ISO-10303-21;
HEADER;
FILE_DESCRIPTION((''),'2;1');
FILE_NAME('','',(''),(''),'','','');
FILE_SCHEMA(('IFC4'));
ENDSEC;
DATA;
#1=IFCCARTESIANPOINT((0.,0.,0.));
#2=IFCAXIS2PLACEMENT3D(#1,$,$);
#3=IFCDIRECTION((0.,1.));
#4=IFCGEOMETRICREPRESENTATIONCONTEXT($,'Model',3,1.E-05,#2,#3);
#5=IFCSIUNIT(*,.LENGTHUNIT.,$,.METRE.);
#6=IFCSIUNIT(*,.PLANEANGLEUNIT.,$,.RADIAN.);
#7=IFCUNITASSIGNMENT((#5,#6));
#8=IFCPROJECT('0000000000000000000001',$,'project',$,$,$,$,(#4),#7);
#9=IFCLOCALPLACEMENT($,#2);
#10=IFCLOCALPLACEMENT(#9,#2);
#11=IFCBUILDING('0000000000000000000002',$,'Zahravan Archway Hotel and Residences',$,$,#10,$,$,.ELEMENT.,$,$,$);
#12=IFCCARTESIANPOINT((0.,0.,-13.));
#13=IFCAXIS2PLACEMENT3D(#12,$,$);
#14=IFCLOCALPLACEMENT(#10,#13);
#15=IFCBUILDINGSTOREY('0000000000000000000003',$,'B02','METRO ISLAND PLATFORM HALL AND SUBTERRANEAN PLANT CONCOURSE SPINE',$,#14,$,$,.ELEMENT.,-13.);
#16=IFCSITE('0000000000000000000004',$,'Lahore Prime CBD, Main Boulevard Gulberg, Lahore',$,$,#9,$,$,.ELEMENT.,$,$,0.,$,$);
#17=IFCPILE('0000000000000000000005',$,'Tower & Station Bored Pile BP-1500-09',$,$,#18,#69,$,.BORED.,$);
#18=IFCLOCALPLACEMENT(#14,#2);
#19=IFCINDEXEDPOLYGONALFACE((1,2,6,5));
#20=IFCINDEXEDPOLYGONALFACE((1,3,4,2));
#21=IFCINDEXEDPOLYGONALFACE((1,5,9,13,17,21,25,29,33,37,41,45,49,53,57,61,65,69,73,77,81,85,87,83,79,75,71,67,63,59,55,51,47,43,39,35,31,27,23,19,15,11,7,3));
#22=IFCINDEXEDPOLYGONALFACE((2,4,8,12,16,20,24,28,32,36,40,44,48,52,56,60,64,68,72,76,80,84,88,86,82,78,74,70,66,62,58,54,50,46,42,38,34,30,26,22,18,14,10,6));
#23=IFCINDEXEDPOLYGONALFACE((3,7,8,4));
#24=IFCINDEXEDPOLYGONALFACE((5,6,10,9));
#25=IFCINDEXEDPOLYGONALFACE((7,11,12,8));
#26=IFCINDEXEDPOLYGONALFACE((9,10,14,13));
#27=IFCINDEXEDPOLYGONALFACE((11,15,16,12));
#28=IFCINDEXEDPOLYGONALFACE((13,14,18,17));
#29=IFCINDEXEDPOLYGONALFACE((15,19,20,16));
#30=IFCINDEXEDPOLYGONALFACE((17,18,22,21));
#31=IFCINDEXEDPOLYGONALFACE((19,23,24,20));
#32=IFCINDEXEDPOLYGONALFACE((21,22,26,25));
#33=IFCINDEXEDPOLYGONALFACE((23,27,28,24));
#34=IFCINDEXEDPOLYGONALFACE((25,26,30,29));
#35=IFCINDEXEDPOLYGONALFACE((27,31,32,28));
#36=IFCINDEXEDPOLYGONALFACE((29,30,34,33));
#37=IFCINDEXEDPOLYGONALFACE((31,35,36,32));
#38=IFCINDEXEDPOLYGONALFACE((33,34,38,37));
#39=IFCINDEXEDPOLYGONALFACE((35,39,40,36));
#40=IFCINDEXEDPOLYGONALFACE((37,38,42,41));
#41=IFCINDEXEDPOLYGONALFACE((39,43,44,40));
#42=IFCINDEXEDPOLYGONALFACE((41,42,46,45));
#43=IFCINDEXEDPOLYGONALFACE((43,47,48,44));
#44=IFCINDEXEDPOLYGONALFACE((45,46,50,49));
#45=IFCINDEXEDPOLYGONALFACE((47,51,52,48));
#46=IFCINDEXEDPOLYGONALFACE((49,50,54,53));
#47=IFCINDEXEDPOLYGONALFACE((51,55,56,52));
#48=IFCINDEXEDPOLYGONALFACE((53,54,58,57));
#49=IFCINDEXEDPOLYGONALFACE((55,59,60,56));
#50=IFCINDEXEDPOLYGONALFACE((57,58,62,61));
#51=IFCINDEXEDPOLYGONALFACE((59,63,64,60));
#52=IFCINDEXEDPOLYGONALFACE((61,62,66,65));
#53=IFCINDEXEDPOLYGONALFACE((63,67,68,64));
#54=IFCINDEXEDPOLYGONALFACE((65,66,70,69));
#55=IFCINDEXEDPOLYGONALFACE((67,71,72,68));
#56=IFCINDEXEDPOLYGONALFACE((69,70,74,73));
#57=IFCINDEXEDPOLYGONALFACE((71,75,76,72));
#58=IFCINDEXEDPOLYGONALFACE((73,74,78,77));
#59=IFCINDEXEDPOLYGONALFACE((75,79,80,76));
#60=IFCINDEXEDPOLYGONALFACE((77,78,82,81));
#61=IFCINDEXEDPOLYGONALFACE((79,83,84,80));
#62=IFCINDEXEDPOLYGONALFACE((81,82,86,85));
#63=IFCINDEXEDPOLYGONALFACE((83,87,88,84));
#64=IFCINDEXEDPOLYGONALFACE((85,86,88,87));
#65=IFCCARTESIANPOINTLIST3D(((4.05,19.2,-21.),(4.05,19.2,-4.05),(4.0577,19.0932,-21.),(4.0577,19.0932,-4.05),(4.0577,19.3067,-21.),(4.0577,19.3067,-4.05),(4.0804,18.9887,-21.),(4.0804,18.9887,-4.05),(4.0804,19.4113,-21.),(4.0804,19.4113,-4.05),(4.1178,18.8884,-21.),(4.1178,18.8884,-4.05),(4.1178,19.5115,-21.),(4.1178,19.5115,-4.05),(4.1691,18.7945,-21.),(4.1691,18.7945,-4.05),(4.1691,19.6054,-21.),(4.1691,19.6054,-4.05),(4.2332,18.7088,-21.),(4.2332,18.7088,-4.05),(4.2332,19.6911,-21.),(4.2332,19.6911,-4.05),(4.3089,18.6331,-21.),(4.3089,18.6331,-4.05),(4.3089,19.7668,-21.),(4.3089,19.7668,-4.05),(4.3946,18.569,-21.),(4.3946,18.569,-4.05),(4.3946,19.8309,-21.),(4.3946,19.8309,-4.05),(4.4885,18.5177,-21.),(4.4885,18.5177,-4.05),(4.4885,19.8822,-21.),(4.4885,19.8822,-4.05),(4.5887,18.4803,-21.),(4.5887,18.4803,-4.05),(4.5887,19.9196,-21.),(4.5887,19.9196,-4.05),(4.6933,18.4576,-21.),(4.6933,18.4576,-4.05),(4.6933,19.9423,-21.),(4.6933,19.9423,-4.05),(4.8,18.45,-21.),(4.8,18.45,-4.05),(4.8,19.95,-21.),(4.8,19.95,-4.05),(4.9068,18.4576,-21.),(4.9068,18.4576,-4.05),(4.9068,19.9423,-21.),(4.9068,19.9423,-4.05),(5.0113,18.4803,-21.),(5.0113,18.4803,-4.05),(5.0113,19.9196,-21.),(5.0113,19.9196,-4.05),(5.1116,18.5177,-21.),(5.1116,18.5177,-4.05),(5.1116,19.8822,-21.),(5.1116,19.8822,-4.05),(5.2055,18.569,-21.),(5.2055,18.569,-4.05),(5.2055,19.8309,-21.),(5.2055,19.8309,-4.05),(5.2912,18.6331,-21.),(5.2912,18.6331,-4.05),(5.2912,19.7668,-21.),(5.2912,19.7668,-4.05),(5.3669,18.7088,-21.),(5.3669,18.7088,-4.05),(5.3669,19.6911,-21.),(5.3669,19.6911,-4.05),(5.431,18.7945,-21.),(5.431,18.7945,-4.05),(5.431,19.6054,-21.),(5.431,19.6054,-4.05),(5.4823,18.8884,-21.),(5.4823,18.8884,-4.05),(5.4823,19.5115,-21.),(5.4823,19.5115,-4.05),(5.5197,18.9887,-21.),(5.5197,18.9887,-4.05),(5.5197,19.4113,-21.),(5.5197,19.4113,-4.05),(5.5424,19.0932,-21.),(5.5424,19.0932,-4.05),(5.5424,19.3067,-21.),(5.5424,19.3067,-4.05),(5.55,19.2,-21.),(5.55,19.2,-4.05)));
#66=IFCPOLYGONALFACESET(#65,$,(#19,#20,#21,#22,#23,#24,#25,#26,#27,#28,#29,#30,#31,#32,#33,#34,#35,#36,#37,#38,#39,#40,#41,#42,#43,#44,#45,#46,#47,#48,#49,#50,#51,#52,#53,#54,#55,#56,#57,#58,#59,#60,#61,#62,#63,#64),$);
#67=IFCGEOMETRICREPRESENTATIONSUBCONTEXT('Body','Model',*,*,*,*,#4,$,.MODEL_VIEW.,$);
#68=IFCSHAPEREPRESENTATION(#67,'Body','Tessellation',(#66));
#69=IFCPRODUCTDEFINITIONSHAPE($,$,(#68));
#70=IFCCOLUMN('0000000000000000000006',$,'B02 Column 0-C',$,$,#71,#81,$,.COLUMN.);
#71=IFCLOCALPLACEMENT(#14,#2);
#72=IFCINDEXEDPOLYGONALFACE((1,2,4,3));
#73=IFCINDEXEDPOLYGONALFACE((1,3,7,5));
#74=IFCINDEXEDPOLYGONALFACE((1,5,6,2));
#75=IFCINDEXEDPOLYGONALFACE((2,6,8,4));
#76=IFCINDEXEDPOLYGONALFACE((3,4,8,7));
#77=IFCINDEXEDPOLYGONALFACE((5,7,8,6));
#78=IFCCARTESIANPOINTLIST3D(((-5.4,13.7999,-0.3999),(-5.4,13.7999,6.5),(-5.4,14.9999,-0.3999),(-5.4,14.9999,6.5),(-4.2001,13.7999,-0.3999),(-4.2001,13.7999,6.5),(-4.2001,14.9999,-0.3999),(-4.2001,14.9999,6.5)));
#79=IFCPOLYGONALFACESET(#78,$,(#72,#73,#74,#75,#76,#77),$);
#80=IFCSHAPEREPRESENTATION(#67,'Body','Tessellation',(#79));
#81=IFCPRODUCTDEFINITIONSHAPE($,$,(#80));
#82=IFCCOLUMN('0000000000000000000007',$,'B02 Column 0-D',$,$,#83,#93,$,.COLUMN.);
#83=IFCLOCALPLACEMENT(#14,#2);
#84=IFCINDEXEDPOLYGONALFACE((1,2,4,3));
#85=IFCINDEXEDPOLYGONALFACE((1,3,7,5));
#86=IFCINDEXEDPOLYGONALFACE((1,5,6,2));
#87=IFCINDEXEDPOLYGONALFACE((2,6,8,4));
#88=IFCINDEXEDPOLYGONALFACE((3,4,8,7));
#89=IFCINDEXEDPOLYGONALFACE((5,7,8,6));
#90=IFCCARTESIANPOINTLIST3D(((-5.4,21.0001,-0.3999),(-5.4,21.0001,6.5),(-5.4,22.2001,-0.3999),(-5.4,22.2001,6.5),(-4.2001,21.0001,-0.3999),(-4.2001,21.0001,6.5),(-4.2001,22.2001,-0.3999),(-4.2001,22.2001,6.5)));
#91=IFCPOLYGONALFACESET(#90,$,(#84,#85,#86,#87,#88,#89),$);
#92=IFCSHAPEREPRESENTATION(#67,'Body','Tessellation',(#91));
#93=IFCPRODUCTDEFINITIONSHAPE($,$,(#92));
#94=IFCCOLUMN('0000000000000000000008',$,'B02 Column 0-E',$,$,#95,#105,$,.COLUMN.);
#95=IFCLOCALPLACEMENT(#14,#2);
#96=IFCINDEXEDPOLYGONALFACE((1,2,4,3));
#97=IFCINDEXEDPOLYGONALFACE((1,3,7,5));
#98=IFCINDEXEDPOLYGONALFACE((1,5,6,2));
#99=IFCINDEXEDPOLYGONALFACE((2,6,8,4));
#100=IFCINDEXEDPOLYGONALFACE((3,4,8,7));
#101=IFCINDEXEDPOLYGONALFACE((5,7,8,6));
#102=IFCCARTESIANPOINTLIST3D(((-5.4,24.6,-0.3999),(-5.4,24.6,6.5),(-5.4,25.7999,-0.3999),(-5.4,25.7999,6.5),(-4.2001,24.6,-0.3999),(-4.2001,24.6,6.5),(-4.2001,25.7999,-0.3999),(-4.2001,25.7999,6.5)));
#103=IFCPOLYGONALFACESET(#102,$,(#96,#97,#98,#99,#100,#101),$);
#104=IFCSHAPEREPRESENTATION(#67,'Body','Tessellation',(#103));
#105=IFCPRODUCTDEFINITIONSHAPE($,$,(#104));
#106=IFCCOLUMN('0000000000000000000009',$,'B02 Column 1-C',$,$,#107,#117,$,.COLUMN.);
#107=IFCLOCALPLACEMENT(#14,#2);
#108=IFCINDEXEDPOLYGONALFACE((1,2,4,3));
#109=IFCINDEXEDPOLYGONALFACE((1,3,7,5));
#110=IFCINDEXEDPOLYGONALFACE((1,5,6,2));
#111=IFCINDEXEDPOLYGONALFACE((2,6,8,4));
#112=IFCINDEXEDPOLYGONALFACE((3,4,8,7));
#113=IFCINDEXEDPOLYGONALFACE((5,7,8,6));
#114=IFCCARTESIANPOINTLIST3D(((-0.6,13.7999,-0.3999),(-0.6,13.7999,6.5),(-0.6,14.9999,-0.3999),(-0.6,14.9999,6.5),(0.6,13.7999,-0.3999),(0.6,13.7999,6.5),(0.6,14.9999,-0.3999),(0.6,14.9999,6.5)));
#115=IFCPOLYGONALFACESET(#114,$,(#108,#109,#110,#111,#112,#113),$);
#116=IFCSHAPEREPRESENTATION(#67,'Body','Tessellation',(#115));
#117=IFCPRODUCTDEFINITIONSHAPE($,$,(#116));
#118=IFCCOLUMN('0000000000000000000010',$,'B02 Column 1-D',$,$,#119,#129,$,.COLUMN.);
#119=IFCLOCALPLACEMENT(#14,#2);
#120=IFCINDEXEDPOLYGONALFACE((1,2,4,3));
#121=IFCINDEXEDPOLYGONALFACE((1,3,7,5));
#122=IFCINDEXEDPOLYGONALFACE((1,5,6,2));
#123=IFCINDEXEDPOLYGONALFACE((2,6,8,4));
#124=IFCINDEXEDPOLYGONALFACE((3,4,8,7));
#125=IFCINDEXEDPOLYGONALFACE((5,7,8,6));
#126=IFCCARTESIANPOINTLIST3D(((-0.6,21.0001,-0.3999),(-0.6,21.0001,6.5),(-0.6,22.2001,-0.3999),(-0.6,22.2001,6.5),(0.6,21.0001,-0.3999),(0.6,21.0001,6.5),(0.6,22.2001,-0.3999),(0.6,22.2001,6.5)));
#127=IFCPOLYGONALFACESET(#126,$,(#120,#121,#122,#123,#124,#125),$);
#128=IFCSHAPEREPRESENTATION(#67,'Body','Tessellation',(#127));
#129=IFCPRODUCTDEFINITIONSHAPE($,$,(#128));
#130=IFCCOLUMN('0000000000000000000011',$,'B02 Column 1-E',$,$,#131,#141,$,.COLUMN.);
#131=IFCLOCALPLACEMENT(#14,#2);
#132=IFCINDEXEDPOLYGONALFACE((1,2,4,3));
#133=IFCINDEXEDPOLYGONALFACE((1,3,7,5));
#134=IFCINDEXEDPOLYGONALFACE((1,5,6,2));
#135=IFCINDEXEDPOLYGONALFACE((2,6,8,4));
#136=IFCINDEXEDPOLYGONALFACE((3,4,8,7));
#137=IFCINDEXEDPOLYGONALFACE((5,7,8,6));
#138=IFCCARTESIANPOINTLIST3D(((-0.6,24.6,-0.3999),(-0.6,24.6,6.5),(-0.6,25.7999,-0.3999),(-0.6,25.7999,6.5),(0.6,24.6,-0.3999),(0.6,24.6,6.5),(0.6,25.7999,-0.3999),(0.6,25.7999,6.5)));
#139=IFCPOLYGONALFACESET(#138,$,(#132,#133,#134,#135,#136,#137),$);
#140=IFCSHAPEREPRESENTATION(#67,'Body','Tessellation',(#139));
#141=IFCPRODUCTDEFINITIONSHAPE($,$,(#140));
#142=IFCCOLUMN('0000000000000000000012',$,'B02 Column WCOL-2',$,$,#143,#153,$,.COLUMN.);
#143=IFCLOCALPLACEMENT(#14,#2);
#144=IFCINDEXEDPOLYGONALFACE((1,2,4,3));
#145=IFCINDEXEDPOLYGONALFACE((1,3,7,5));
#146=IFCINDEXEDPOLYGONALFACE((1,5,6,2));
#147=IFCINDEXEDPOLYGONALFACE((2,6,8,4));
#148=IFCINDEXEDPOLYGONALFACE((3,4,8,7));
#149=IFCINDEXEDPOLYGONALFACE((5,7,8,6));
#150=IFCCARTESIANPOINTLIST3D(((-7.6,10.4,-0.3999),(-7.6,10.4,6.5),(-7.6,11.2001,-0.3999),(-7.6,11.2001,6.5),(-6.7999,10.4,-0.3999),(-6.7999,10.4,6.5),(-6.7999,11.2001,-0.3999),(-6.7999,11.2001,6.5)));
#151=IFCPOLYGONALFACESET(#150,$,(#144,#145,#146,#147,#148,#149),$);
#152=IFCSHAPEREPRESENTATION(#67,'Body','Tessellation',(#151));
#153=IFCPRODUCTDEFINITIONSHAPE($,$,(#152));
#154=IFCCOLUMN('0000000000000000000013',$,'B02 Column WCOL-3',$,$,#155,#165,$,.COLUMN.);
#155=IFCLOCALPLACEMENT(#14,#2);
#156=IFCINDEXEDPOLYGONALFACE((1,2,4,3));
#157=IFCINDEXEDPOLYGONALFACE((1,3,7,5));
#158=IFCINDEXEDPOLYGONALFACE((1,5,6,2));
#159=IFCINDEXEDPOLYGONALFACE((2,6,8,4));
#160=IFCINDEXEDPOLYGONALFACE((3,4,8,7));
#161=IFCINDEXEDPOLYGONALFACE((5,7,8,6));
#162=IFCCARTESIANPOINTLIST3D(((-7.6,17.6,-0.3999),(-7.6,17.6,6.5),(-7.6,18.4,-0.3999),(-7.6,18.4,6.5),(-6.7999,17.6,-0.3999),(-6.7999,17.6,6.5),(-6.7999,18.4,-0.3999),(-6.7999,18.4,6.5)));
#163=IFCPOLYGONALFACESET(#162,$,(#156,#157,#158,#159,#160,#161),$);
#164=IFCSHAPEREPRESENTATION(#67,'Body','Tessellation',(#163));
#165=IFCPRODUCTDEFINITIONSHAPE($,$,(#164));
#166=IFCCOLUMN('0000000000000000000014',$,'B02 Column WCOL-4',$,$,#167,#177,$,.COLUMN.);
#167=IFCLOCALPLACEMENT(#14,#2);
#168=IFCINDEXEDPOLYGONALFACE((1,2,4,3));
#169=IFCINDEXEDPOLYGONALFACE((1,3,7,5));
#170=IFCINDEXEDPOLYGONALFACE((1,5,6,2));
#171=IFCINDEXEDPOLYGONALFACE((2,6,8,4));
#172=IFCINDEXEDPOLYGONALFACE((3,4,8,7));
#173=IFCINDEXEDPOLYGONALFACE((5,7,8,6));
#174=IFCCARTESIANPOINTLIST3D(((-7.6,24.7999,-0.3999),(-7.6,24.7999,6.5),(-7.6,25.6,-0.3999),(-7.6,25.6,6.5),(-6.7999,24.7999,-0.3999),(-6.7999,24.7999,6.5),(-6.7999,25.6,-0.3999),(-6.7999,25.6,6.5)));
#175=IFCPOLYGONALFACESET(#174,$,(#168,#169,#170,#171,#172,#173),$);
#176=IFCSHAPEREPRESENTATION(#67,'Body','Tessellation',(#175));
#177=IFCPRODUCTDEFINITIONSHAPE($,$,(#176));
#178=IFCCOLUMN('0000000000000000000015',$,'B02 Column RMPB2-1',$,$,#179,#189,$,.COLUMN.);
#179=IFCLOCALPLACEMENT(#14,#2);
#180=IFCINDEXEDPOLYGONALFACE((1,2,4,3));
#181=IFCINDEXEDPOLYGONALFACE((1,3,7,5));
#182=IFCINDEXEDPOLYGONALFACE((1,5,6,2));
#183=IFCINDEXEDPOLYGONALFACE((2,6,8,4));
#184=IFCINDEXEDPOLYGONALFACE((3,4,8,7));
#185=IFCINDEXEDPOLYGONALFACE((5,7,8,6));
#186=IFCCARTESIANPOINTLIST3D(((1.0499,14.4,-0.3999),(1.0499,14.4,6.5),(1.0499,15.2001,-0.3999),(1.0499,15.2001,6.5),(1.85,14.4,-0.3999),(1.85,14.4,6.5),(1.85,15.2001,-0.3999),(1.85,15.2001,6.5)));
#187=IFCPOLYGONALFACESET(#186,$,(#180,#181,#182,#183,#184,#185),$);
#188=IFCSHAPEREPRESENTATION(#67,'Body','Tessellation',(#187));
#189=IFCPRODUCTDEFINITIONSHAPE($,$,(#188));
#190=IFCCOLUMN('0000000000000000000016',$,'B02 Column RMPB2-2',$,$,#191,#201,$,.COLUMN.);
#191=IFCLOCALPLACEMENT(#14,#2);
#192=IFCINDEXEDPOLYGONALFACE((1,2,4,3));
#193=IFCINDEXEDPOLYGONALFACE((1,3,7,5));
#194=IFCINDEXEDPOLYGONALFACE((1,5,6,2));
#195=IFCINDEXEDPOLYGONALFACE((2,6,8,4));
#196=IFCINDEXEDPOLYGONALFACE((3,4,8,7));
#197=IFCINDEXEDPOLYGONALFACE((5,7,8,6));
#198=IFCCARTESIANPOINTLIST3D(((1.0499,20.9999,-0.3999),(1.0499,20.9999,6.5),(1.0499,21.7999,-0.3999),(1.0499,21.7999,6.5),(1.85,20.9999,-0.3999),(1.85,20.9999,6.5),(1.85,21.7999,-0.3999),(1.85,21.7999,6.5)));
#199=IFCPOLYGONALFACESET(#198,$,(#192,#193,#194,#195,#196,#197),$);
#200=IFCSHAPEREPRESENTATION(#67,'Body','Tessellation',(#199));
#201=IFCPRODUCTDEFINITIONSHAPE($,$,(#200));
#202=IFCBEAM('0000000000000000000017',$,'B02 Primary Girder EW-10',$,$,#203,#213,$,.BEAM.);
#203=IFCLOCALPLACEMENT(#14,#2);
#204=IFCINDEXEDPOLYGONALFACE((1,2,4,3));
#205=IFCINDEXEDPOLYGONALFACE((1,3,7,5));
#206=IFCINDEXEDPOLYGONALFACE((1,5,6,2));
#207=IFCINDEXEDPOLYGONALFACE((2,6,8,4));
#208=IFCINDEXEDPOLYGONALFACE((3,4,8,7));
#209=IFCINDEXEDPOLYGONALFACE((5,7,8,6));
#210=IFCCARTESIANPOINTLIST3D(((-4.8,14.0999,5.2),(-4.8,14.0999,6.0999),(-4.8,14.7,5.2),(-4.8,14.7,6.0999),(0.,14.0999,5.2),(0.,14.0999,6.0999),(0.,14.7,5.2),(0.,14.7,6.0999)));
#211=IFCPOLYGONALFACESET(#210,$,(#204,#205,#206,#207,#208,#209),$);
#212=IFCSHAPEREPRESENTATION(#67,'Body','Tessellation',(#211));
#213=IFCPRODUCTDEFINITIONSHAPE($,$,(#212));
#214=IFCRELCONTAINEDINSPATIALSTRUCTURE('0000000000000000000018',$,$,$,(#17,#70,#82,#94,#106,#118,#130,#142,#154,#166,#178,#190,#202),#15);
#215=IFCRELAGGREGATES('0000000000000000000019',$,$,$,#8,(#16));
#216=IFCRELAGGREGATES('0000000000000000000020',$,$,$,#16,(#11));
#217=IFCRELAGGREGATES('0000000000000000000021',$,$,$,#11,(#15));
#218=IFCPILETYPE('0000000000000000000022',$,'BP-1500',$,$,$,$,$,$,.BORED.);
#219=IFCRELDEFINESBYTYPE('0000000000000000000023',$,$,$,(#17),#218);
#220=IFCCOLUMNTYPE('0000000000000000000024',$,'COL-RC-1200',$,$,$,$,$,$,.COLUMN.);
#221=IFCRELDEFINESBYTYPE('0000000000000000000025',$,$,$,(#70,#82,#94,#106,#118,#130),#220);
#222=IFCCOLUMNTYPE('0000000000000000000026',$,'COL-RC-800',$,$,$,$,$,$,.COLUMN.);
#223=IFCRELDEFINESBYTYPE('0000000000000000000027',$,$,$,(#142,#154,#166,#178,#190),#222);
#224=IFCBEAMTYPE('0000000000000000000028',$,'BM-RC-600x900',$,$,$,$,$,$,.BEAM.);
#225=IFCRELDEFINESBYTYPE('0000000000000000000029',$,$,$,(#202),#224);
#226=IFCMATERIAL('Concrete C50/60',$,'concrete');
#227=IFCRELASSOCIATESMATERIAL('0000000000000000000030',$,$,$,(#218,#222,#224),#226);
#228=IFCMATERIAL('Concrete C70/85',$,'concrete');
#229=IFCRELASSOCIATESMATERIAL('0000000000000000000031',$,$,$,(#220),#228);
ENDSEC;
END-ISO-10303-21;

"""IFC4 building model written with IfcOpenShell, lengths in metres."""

from ifc_helpers import new_model, si_unit, direction, frame, origin, origin_2d, place, context, subcontext, project, spatial, rectangle, circle, extrude, source, transform, mapped, material, material_profile, profile_set, type_object, type_shapes, element, save


model = new_model("IFC4")

# Units and contexts
model_context = context("Model", 3, precision=1e-05, world=origin(), true_north=direction((0.0, 1.0)))
body_context = subcontext(model_context, "Body", "Model", "MODEL_VIEW")
ifc_project = project(units=[si_unit("LENGTHUNIT", "METRE"), si_unit("PLANEANGLEUNIT", "RADIAN")], contexts=[model_context])

# Site, building, storey
site_placement = place(None, origin())
site = spatial("IfcSite", under=ifc_project, at=site_placement, Name="Lahore Prime CBD, Main Boulevard Gulberg, Lahore", CompositionType="ELEMENT", RefElevation=0.0)
building_placement = place(site_placement, origin())
building = spatial("IfcBuilding", under=site, at=building_placement, Name="Zahravan Archway Hotel and Residences", CompositionType="ELEMENT")
storey_placement = place(building_placement, frame((0.0, 0.0, -13.0)))
storey = spatial("IfcBuildingStorey", under=building, at=storey_placement, Name="B02", Description="METRO ISLAND PLATFORM HALL AND SUBTERRANEAN PLANT CONCOURSE SPINE", CompositionType="ELEMENT", Elevation=-13.0)

# Pile
ifc_material_1 = material(Name="Concrete C50/60", Category="concrete")
ifc_material_profile_1 = material_profile(ifc_material_1, circle(Radius=0.75, at=origin_2d()), Name="PILE D1500", Category="concrete")
ifc_profile_set_1 = profile_set([ifc_material_profile_1], Name="Concrete C50/60")
pile_type = type_object("IfcPileType", Name="BP-1500", PredefinedType="BORED", material=ifc_profile_set_1)
shared_shape_1 = source(origin(), body_context, "Body", "SweptSolid", [
    extrude(circle(Radius=0.75, at=origin_2d()), origin(), (0.0, 0.0, 1.0), 16.95),
])
type_shapes(pile_type, [shared_shape_1])
for number, where, z_axis, x_axis, name in (
    (1, (4.8, 19.2, -4.05), (0.0, 0.0, -1.0), (1.0, 0.0, 0.0), "Tower & Station Bored Pile BP-1500-09"),
):
    element("IfcPile", number, at=place(storey_placement, frame(where, z_axis=z_axis, x_axis=x_axis)), inside=storey, type_object=pile_type, Name=name, PredefinedType="BORED", context=body_context, shape_type="MappedRepresentation", body=[
        mapped(shared_shape_1, transform((0.0, 0.0, 0.0), scale=1.0)),
    ])

# Columns
ifc_material_2 = material(Name="Concrete C70/85", Category="concrete")
ifc_material_profile_2 = material_profile(ifc_material_2, rectangle(XDim=1.2, YDim=1.2, at=origin_2d()), Name="RC-COL-1200x1200", Category="concrete")
ifc_profile_set_2 = profile_set([ifc_material_profile_2], Name="Concrete C70/85")
column_type_1 = type_object("IfcColumnType", Name="COL-RC-1200", PredefinedType="COLUMN", material=ifc_profile_set_2)
shared_shape_2 = source(origin(), body_context, "Body", "SweptSolid", [
    extrude(rectangle(XDim=1.2, YDim=1.2, at=origin_2d()), origin(), (0.0, 0.0, 1.0), 6.8999),
])
type_shapes(column_type_1, [shared_shape_2])
for number, where, z_axis, x_axis, name in (
    (2, (-4.8, 14.3999, -0.3999), (0.0, 0.0, 1.0), (1.0, 0.0, 0.0), "B02 Column 0-C"),
    (3, (-4.8, 21.6001, -0.3999), (0.0, 0.0, 1.0), (1.0, 0.0, 0.0), "B02 Column 0-D"),
    (4, (-4.8, 25.2, -0.3999), (0.0, 0.0, 1.0), (1.0, 0.0, 0.0), "B02 Column 0-E"),
    (5, (0.0, 14.3999, -0.3999), (0.0, 0.0, 1.0), (1.0, 0.0, 0.0), "B02 Column 1-C"),
    (6, (0.0, 21.6001, -0.3999), (0.0, 0.0, 1.0), (1.0, 0.0, 0.0), "B02 Column 1-D"),
    (7, (0.0, 25.2, -0.3999), (0.0, 0.0, 1.0), (1.0, 0.0, 0.0), "B02 Column 1-E"),
):
    element("IfcColumn", number, at=place(storey_placement, frame(where, z_axis=z_axis, x_axis=x_axis)), inside=storey, type_object=column_type_1, Name=name, PredefinedType="COLUMN", context=body_context, shape_type="MappedRepresentation", body=[
        mapped(shared_shape_2, transform((0.0, 0.0, 0.0), scale=1.0)),
    ])
ifc_material_profile_3 = material_profile(ifc_material_1, rectangle(XDim=0.8, YDim=0.8, at=origin_2d()), Name="RC-COL-800x800", Category="concrete")
ifc_profile_set_3 = profile_set([ifc_material_profile_3], Name="Concrete C50/60")
column_type_2 = type_object("IfcColumnType", Name="COL-RC-800", PredefinedType="COLUMN", material=ifc_profile_set_3)
shared_shape_3 = source(origin(), body_context, "Body", "SweptSolid", [
    extrude(rectangle(XDim=0.8, YDim=0.8, at=origin_2d()), origin(), (0.0, 0.0, 1.0), 6.8999),
])
type_shapes(column_type_2, [shared_shape_3])
for number, where, z_axis, x_axis, name in (
    (8, (-7.2, 10.8, -0.3999), (0.0, 0.0, 1.0), (1.0, 0.0, 0.0), "B02 Column WCOL-2"),
    (9, (-7.2, 18.0, -0.3999), (0.0, 0.0, 1.0), (1.0, 0.0, 0.0), "B02 Column WCOL-3"),
    (10, (-7.2, 25.2, -0.3999), (0.0, 0.0, 1.0), (1.0, 0.0, 0.0), "B02 Column WCOL-4"),
    (11, (1.45, 14.8, -0.3999), (0.0, 0.0, 1.0), (1.0, 0.0, 0.0), "B02 Column RMPB2-1"),
    (12, (1.45, 21.3999, -0.3999), (0.0, 0.0, 1.0), (1.0, 0.0, 0.0), "B02 Column RMPB2-2"),
):
    element("IfcColumn", number, at=place(storey_placement, frame(where, z_axis=z_axis, x_axis=x_axis)), inside=storey, type_object=column_type_2, Name=name, PredefinedType="COLUMN", context=body_context, shape_type="MappedRepresentation", body=[
        mapped(shared_shape_3, transform((0.0, 0.0, 0.0), scale=1.0)),
    ])

# Beam
ifc_material_profile_4 = material_profile(ifc_material_1, rectangle(XDim=0.6001, YDim=0.8999, at=origin_2d()), Name="RC-BM-600x900", Category="concrete")
ifc_profile_set_4 = profile_set([ifc_material_profile_4], Name="Concrete C50/60")
beam_type_1 = type_object("IfcBeamType", Name="BM-RC-600x900", PredefinedType="BEAM", material=ifc_profile_set_4)
shared_shape_4 = source(origin(), body_context, "Body", "SweptSolid", [
    extrude(rectangle(XDim=0.6001, YDim=0.8999, at=origin_2d()), origin(), (0.0, 0.0, 1.0), 4.8),
])
type_shapes(beam_type_1, [shared_shape_4])
for number, where, z_axis, x_axis, name in (
    (13, (-4.8, 14.3999, 5.6499), (1.0, 0.0, 0.0), (0.0, 1.0, 0.0), "B02 Primary Girder EW-10"),
):
    element("IfcBeam", number, at=place(storey_placement, frame(where, z_axis=z_axis, x_axis=x_axis)), inside=storey, type_object=beam_type_1, Name=name, PredefinedType="BEAM", context=body_context, shape_type="MappedRepresentation", body=[
        mapped(shared_shape_4, transform((0.0, 0.0, 0.0), scale=1.0)),
    ])

save(model, "model.ifc")
